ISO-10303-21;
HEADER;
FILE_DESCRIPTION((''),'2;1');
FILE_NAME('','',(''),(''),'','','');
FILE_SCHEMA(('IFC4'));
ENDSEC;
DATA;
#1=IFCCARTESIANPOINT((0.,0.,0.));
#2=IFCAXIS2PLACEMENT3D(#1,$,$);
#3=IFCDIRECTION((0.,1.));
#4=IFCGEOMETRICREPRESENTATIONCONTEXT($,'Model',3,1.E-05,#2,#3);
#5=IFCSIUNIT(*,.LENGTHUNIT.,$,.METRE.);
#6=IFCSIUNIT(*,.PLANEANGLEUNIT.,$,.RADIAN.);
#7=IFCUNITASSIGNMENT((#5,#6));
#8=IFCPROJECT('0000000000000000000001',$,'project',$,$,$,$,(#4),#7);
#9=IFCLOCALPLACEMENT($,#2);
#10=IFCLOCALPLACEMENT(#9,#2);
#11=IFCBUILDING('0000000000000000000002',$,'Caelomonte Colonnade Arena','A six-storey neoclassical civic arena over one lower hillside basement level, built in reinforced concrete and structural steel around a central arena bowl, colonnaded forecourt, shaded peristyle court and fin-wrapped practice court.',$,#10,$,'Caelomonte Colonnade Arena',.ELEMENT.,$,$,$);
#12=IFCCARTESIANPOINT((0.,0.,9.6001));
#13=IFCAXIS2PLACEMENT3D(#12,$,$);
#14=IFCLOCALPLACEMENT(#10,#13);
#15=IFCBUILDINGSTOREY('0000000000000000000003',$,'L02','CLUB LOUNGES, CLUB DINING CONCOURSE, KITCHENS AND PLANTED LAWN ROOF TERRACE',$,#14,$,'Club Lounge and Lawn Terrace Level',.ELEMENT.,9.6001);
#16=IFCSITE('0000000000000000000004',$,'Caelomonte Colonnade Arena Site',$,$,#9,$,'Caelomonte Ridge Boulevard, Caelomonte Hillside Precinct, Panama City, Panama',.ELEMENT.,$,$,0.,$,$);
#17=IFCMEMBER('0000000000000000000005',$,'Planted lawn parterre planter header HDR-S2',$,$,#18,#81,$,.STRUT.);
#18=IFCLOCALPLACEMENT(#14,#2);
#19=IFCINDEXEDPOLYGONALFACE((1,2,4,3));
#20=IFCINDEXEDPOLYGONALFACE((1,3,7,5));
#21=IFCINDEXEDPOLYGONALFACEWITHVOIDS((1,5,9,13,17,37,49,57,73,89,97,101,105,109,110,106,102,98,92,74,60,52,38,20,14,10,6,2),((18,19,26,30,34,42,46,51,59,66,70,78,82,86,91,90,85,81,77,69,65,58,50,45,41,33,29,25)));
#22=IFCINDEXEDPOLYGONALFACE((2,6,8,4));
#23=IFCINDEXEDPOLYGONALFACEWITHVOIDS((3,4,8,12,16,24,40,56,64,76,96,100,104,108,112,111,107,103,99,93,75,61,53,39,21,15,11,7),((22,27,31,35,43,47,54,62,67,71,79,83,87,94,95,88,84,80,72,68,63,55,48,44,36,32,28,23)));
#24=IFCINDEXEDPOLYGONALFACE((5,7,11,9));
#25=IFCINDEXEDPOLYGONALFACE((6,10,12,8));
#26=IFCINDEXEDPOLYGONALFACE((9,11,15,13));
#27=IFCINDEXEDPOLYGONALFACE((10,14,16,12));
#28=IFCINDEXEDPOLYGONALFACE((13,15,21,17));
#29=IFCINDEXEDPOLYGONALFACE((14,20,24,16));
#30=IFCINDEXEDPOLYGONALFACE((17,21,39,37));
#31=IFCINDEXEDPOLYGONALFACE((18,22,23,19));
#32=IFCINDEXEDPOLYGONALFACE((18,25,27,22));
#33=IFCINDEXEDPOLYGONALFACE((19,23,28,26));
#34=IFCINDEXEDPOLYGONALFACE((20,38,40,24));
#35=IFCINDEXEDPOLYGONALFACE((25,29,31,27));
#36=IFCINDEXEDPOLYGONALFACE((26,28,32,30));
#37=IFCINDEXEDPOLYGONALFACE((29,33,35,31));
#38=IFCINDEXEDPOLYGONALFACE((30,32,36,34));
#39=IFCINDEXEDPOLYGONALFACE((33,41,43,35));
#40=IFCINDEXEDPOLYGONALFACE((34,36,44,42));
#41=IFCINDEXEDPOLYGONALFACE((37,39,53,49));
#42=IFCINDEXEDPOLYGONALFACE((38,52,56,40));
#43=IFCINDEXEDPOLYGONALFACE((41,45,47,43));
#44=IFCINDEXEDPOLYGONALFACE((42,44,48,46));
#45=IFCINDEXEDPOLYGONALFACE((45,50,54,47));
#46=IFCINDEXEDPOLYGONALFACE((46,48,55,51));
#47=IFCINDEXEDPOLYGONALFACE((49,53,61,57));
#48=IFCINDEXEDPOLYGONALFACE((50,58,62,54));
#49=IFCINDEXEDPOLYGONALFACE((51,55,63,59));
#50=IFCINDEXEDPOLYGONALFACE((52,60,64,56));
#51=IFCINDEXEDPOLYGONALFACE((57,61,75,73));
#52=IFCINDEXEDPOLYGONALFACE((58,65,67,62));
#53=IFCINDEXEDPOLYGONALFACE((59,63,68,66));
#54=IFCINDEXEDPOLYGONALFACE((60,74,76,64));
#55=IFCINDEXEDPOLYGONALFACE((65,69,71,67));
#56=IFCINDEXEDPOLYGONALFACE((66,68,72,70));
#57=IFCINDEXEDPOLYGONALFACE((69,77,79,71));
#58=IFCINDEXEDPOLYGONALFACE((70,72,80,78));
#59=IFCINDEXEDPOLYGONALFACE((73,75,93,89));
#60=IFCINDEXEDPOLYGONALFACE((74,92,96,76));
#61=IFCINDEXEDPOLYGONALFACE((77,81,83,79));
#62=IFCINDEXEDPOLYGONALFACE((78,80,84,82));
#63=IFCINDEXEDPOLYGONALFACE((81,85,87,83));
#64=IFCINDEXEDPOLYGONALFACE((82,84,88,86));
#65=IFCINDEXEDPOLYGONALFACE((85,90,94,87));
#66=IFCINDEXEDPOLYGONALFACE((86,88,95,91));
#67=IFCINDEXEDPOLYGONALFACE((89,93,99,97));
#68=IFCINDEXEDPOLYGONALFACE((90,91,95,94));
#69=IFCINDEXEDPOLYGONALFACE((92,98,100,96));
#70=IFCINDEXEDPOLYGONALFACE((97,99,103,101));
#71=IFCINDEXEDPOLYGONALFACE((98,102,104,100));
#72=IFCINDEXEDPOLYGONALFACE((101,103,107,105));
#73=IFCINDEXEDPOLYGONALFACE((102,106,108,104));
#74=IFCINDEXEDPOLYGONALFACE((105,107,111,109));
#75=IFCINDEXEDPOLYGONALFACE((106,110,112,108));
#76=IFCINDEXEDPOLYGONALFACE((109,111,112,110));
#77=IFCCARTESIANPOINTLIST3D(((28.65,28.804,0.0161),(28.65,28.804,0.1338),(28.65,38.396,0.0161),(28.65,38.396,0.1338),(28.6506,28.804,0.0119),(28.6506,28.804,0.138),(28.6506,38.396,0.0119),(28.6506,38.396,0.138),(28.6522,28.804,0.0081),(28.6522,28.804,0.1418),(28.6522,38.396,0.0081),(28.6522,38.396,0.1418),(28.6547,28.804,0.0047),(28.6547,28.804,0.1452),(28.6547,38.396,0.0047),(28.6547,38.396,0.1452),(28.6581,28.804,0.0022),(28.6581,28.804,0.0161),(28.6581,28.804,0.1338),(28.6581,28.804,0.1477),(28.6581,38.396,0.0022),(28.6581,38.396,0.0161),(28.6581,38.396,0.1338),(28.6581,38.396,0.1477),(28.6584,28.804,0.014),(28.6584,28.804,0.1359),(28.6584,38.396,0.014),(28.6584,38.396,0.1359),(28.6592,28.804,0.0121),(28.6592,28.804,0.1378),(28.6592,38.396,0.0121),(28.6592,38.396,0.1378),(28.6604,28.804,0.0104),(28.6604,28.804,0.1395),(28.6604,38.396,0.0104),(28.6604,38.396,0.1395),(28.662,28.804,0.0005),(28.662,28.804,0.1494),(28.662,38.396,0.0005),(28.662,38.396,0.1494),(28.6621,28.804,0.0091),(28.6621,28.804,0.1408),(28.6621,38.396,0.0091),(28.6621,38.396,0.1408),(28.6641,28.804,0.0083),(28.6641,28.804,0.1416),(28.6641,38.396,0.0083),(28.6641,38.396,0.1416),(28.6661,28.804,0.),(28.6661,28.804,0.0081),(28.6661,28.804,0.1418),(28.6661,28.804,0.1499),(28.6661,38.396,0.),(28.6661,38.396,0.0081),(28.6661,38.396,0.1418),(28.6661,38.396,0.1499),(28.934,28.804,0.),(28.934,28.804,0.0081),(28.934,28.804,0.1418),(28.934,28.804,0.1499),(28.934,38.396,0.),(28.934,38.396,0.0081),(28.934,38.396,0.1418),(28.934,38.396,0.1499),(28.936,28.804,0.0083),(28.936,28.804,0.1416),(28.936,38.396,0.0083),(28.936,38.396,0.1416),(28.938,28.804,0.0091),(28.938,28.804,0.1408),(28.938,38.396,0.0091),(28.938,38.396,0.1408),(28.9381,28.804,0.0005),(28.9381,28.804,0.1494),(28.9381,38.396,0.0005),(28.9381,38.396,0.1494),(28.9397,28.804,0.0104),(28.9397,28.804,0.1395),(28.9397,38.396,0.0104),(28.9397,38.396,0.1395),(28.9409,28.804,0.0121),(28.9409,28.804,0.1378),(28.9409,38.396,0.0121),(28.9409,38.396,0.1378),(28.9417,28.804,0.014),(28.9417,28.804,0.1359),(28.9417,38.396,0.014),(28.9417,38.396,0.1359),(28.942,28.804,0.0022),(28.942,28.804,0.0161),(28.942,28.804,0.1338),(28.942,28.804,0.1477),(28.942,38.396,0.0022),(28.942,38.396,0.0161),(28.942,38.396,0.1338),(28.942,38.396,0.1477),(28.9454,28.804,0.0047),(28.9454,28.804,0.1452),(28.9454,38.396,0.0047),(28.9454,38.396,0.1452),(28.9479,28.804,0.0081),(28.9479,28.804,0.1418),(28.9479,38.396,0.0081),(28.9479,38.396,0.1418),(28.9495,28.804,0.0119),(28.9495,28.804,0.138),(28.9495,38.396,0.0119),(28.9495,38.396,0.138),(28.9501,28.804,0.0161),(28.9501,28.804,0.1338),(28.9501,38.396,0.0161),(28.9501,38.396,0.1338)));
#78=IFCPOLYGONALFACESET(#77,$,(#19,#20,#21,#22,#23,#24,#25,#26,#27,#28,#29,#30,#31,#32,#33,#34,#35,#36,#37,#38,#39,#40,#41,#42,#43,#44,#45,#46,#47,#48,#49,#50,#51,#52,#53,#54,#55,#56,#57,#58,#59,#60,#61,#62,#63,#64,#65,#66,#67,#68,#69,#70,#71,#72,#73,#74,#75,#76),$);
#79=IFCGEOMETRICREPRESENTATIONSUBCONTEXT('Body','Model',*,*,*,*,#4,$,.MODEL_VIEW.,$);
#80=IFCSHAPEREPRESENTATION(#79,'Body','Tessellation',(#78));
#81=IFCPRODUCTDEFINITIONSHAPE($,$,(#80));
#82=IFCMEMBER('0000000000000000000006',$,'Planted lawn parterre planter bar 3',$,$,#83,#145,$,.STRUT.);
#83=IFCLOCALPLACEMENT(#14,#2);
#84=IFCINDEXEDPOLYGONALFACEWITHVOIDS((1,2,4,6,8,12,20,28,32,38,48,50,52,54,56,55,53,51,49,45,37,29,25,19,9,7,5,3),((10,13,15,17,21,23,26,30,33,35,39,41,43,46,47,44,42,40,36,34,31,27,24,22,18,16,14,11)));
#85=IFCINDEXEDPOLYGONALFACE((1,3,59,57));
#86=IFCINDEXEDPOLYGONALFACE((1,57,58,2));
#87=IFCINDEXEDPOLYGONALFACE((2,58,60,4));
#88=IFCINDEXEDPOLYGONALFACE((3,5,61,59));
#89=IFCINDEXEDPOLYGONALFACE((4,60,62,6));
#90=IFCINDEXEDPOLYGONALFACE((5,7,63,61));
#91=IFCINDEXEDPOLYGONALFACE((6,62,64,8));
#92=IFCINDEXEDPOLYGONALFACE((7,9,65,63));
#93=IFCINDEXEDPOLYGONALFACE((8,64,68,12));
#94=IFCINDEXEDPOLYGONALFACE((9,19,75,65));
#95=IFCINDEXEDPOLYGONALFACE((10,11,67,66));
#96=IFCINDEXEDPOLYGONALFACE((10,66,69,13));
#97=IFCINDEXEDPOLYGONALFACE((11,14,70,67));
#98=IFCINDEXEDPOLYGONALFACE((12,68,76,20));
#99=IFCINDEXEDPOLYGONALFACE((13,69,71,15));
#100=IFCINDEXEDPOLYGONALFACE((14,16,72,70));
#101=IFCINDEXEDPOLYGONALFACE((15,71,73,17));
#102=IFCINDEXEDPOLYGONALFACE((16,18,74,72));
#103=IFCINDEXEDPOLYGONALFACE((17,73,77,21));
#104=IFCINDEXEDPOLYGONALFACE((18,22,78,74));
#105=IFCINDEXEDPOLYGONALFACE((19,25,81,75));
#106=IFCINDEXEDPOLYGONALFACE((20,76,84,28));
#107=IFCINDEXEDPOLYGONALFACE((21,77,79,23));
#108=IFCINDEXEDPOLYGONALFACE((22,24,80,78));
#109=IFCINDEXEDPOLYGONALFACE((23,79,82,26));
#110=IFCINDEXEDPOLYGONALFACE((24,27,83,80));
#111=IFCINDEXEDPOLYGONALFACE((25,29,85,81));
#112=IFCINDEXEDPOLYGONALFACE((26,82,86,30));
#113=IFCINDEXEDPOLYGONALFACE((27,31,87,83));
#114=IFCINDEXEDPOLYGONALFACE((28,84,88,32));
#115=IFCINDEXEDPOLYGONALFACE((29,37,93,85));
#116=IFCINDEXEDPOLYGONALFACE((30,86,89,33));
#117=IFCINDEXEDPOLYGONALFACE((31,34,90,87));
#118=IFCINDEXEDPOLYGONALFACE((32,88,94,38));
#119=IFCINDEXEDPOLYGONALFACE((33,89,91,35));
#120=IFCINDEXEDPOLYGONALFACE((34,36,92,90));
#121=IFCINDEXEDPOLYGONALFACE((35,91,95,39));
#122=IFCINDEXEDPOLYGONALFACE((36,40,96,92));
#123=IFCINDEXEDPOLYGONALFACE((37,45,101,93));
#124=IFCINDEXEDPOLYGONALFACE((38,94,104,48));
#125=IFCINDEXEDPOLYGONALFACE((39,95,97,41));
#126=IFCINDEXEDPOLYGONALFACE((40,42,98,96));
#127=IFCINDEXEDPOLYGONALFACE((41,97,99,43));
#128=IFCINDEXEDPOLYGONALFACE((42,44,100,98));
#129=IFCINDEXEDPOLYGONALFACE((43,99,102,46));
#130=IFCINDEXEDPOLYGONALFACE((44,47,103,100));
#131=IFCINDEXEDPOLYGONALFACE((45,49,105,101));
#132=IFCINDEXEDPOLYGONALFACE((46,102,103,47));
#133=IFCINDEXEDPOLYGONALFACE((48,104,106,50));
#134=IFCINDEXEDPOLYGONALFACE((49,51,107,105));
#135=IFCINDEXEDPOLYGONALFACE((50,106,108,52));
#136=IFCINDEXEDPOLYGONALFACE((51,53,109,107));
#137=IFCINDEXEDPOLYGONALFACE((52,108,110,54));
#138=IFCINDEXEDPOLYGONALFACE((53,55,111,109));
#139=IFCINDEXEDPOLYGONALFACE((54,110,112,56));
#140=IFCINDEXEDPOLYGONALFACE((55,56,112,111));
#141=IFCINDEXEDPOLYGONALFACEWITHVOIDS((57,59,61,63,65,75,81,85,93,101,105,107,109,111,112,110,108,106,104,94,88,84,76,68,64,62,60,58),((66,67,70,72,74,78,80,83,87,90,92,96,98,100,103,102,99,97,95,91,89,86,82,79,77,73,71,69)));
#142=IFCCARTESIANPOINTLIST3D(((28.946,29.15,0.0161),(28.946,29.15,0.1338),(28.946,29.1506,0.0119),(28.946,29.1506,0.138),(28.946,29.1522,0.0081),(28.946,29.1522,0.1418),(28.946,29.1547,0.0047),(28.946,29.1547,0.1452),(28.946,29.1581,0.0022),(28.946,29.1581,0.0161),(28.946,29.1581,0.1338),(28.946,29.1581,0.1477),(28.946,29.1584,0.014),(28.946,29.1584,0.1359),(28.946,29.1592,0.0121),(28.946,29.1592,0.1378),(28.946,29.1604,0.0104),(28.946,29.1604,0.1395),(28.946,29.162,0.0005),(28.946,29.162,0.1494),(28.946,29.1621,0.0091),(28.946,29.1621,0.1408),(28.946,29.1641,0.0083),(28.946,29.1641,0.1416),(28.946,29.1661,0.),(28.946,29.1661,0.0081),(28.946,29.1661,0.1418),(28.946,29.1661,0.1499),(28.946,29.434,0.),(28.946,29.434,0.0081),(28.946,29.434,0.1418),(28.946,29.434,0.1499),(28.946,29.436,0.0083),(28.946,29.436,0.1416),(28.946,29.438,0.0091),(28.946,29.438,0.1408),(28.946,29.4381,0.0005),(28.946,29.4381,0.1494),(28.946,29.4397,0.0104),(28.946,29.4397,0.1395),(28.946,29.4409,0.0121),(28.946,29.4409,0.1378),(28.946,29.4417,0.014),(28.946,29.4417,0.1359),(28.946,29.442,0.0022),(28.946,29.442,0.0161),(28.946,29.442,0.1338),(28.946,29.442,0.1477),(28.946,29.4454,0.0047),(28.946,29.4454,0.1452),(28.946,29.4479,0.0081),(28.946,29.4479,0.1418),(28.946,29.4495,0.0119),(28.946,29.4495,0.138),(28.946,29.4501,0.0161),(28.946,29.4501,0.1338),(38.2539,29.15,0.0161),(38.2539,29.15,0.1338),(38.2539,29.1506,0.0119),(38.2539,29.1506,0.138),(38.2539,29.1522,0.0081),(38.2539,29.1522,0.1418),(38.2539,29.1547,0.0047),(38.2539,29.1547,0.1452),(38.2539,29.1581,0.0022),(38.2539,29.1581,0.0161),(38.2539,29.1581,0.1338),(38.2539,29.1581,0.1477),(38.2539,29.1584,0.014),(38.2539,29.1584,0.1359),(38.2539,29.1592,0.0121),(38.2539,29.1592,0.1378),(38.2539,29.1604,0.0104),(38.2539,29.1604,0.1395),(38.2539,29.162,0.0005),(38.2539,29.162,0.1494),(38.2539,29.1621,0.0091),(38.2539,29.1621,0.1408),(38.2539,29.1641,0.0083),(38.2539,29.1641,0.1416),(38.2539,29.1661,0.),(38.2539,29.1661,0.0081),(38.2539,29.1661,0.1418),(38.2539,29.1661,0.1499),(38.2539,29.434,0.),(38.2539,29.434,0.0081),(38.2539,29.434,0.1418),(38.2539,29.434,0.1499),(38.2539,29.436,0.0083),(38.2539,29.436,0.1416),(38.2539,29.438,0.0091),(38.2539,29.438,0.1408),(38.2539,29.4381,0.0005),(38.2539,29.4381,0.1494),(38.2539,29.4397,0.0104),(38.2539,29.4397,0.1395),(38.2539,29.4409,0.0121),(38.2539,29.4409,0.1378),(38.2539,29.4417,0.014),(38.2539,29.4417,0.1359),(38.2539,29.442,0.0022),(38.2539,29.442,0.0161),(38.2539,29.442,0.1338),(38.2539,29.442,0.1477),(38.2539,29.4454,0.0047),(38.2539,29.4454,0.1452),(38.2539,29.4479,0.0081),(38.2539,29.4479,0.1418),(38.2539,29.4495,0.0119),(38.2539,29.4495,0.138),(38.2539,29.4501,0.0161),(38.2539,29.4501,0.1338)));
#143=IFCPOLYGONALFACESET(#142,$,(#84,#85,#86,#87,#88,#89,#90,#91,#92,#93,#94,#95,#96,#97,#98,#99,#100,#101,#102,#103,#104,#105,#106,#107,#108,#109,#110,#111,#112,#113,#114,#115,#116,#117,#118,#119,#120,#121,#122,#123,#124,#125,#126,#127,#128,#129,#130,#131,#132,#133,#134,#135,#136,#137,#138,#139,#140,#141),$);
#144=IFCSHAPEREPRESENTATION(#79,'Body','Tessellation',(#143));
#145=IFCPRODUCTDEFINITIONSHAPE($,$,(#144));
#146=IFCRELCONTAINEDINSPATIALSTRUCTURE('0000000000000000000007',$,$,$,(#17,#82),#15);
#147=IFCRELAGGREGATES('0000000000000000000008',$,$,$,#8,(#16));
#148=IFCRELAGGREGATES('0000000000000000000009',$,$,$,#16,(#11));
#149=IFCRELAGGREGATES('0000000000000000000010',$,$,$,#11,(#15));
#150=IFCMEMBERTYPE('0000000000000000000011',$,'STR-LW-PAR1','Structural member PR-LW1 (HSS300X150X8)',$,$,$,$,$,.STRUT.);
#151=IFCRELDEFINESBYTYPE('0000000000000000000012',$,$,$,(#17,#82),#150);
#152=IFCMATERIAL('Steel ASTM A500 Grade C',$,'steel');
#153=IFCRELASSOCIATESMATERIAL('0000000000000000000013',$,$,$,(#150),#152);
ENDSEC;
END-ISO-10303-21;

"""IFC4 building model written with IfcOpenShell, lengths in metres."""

from ifc_helpers import new_model, si_unit, direction, frame, origin, origin_2d, place, context, subcontext, project, spatial, hollow_rectangle, extrude, material, material_profile, profile_set, type_object, element, save


model = new_model("IFC4")

# Units and contexts
model_context = context("Model", 3, precision=1e-05, world=origin(), true_north=direction((0.0, 1.0)))
body_context = subcontext(model_context, "Body", "Model", "MODEL_VIEW")
ifc_project = project(units=[si_unit("LENGTHUNIT", "METRE"), si_unit("PLANEANGLEUNIT", "RADIAN")], contexts=[model_context])

# Site, building, storey
site_placement = place(None, origin())
site = spatial("IfcSite", under=ifc_project, at=site_placement, Name="Caelomonte Colonnade Arena Site", LongName="Caelomonte Ridge Boulevard, Caelomonte Hillside Precinct, Panama City, Panama", CompositionType="ELEMENT", RefElevation=0.0)
building_placement = place(site_placement, origin())
building = spatial("IfcBuilding", under=site, at=building_placement, Name="Caelomonte Colonnade Arena", Description="A six-storey neoclassical civic arena over one lower hillside basement level, built in reinforced concrete and structural steel around a central arena bowl, colonnaded forecourt, shaded peristyle court and fin-wrapped practice court.", LongName="Caelomonte Colonnade Arena", CompositionType="ELEMENT")
storey_placement = place(building_placement, frame((0.0, 0.0, 9.6001)))
storey = spatial("IfcBuildingStorey", under=building, at=storey_placement, Name="L02", Description="CLUB LOUNGES, CLUB DINING CONCOURSE, KITCHENS AND PLANTED LAWN ROOF TERRACE", LongName="Club Lounge and Lawn Terrace Level", CompositionType="ELEMENT", Elevation=9.6001)

# Members
ifc_material_1 = material(Name="Steel ASTM A500 Grade C", Category="steel")
ifc_material_profile_1 = material_profile(ifc_material_1, hollow_rectangle(XDim=0.3, YDim=0.1499, WallThickness=0.0081, InnerFilletRadius=0.0081, OuterFilletRadius=0.0161, at=origin_2d()), Name="HSS300X150X8")
ifc_profile_set_1 = profile_set([ifc_material_profile_1], Name="Steel ASTM A500 Grade C")
member_type = type_object("IfcMemberType", Name="STR-LW-PAR1", Description="Structural member PR-LW1 (HSS300X150X8)", PredefinedType="STRUT", material=ifc_profile_set_1)
member_1_placement = place(storey_placement, frame((28.8, 28.804, 0.075), z_axis=(0.0, 1.0, 0.0), x_axis=(-1.0, 0.0, 0.0)))
element("IfcMember", 1, at=member_1_placement, inside=storey, type_object=member_type, Name="Planted lawn parterre planter header HDR-S2", PredefinedType="STRUT", context=body_context, shape_type="SweptSolid", body=[
    extrude(hollow_rectangle(XDim=0.3, YDim=0.1499, WallThickness=0.0081, InnerFilletRadius=0.0081, OuterFilletRadius=0.0161, at=origin_2d()), origin(), (0.0, 0.0, 1.0), 9.592),
])
for number, where, z_axis, x_axis, name in (
    (2, (28.946, 29.3, 0.075), (1.0, 0.0, 0.0), (0.0, 1.0, 0.0), "Planted lawn parterre planter bar 3"),
):
    element("IfcMember", number, at=place(storey_placement, frame(where, z_axis=z_axis, x_axis=x_axis)), inside=storey, type_object=member_type, Name=name, PredefinedType="STRUT", context=body_context, shape_type="SweptSolid", body=[
        extrude(hollow_rectangle(XDim=0.3, YDim=0.1499, WallThickness=0.0081, InnerFilletRadius=0.0081, OuterFilletRadius=0.0161, at=origin_2d()), origin(), (0.0, 0.0, 1.0), 9.3079),
    ])

save(model, "model.ifc")
